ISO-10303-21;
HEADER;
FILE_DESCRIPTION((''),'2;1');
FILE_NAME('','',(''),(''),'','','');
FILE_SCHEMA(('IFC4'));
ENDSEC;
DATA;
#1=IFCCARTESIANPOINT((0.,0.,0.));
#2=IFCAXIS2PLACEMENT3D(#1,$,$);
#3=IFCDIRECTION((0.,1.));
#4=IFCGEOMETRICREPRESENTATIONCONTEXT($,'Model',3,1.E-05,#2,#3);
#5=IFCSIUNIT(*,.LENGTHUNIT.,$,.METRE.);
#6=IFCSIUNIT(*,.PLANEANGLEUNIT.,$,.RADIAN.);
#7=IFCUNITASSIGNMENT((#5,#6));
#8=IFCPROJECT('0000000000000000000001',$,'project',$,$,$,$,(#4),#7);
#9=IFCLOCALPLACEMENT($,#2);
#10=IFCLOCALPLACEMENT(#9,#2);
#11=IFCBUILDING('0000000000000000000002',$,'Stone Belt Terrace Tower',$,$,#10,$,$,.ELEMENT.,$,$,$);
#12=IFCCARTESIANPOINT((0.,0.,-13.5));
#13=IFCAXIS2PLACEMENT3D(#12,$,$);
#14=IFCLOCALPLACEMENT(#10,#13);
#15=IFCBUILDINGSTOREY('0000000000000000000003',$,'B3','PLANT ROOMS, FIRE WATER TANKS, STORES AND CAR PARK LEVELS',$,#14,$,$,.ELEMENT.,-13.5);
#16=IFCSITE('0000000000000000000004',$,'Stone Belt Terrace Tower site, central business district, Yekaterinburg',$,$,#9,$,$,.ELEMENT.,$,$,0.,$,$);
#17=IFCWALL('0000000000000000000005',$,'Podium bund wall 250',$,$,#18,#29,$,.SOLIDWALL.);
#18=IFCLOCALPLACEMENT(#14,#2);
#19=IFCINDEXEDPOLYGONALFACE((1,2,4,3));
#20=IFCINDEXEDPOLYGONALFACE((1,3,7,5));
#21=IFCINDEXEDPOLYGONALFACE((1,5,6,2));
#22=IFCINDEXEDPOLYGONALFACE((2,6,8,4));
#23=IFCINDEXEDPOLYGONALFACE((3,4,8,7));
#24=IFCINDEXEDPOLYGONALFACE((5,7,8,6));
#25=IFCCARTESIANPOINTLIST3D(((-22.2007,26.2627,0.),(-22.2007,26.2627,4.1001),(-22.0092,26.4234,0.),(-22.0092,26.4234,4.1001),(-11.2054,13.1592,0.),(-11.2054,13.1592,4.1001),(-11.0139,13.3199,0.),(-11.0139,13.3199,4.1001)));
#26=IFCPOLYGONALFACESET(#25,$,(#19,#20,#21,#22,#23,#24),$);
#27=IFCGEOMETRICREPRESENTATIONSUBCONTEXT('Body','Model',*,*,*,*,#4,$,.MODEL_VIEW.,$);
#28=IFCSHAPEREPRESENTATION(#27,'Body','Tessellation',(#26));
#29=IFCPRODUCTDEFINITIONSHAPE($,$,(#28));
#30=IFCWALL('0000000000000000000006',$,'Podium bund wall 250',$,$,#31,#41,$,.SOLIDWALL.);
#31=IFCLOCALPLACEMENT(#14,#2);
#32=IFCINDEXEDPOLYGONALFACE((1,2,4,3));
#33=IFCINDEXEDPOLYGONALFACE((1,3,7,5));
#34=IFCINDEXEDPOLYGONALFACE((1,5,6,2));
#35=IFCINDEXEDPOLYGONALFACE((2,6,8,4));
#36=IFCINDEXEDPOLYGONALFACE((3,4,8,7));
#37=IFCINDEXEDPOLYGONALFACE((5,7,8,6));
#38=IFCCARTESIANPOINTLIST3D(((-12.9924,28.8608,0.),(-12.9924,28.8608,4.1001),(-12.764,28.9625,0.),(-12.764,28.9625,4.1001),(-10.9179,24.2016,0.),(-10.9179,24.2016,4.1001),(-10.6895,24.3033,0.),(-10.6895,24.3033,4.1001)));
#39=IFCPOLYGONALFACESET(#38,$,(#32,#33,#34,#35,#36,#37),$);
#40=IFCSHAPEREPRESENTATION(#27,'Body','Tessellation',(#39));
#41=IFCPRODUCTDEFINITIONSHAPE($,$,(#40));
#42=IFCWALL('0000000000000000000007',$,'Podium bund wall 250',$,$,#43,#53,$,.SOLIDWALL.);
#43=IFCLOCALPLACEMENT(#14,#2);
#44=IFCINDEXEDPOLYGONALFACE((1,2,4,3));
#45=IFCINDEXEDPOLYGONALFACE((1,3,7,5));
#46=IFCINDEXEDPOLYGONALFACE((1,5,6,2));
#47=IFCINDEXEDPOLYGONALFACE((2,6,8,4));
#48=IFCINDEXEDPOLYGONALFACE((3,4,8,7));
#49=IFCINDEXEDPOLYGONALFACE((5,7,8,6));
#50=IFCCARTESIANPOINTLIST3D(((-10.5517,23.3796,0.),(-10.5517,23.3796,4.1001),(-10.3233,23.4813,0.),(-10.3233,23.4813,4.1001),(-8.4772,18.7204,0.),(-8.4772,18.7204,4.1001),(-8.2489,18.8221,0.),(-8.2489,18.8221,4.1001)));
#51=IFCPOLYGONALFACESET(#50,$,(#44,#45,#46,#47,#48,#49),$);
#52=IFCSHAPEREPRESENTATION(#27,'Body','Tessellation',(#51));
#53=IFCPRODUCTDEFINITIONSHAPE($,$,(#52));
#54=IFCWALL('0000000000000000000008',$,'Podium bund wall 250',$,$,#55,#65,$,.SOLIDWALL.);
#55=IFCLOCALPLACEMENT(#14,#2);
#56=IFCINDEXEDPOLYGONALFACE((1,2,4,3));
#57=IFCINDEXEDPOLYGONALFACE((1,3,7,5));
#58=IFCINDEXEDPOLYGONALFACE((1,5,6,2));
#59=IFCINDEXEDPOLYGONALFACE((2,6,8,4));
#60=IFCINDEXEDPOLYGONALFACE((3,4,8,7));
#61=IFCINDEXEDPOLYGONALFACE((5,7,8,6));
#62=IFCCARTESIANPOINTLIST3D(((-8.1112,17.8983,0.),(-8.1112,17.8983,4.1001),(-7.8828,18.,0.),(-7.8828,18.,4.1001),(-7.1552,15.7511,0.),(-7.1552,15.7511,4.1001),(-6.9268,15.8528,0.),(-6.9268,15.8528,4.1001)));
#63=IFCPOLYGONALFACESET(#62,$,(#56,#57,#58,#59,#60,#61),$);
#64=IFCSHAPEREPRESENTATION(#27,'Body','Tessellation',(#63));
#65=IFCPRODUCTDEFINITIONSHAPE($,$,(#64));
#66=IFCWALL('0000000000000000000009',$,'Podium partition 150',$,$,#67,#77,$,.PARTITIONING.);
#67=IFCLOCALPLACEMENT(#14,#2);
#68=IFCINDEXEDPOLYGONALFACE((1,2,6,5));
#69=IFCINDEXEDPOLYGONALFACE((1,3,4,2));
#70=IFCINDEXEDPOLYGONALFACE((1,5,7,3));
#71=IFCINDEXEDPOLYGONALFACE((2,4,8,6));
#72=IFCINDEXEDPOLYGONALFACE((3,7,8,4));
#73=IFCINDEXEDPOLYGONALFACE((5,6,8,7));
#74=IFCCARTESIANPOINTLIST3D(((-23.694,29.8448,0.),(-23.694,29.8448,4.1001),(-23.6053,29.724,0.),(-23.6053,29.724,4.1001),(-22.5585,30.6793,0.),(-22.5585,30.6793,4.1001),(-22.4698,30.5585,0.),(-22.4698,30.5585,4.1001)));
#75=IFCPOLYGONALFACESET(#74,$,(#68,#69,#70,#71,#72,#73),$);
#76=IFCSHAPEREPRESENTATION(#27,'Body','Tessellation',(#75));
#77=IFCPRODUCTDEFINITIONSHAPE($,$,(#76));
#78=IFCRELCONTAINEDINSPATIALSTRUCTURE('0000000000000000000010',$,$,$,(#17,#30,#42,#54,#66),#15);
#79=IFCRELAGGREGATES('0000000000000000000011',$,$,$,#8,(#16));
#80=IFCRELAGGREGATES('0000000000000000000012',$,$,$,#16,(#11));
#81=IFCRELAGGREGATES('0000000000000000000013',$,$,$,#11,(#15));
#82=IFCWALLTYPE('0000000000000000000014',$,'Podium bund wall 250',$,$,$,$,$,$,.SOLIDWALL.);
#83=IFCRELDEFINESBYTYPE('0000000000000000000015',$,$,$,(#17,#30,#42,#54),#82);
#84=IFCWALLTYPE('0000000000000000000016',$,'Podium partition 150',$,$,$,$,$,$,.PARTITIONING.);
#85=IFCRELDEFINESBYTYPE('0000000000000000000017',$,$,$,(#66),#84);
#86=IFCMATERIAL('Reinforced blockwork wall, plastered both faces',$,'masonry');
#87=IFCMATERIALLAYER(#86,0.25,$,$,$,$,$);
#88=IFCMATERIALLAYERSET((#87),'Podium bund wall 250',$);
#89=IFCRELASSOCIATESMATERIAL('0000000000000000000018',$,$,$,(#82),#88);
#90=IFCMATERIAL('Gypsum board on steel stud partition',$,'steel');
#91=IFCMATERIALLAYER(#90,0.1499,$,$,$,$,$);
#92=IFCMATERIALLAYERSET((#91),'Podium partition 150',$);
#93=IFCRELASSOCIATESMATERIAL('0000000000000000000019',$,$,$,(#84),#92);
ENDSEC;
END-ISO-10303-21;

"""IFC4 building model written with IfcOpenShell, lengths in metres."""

from ifc_helpers import new_model, si_unit, direction, frame, frame_2d, origin, place, context, subcontext, project, spatial, rectangle, extrude, material, layer, layer_set, type_object, element, save


model = new_model("IFC4")

# Units and contexts
model_context = context("Model", 3, precision=1e-05, world=origin(), true_north=direction((0.0, 1.0)))
body_context = subcontext(model_context, "Body", "Model", "MODEL_VIEW")
ifc_project = project(units=[si_unit("LENGTHUNIT", "METRE"), si_unit("PLANEANGLEUNIT", "RADIAN")], contexts=[model_context])

# Site, building, storey
site_placement = place(None, origin())
site = spatial("IfcSite", under=ifc_project, at=site_placement, Name="Stone Belt Terrace Tower site, central business district, Yekaterinburg", CompositionType="ELEMENT", RefElevation=0.0)
building_placement = place(site_placement, origin())
building = spatial("IfcBuilding", under=site, at=building_placement, Name="Stone Belt Terrace Tower", CompositionType="ELEMENT")
storey_placement = place(building_placement, frame((0.0, 0.0, -13.5)))
storey = spatial("IfcBuildingStorey", under=building, at=storey_placement, Name="B3", Description="PLANT ROOMS, FIRE WATER TANKS, STORES AND CAR PARK LEVELS", CompositionType="ELEMENT", Elevation=-13.5)

# Walls
ifc_material_1 = material(Name="Reinforced blockwork wall, plastered both faces", Category="masonry")
ifc_layer_1 = layer(ifc_material_1, 0.25)
ifc_layer_set_1 = layer_set([ifc_layer_1], Name="Podium bund wall 250")
wall_type_1 = type_object("IfcWallType", Name="Podium bund wall 250", PredefinedType="SOLIDWALL", material=ifc_layer_set_1)
wall_1_placement = place(storey_placement, frame((-22.105, 26.343, 0.0), z_axis=(0.0, 0.0, 1.0), x_axis=(0.642795, -0.766039, 0.0)))
element("IfcWall", 1, at=wall_1_placement, inside=storey, type_object=wall_type_1, Name="Podium bund wall 250", PredefinedType="SOLIDWALL", context=body_context, shape_type="SweptSolid", body=[
    extrude(rectangle(XDim=17.1055, YDim=0.25, at=frame_2d((8.5527, 0.0))), origin(), (0.0, 0.0, 1.0), 4.1001),
])
for number, where, z_axis, x_axis, name in (
    (2, (-12.8782, 28.9116, 0.0), (0.0, 0.0, 1.0), (0.406747, -0.913541, 0.0), "Podium bund wall 250"),
    (3, (-10.4375, 23.4304, 0.0), (0.0, 0.0, 1.0), (0.406747, -0.913541, 0.0), "Podium bund wall 250"),
):
    element("IfcWall", number, at=place(storey_placement, frame(where, z_axis=z_axis, x_axis=x_axis)), inside=storey, type_object=wall_type_1, Name=name, PredefinedType="SOLIDWALL", context=body_context, shape_type="SweptSolid", body=[
        extrude(rectangle(XDim=5.1001, YDim=0.25, at=frame_2d((2.55, 0.0))), origin(), (0.0, 0.0, 1.0), 4.1001),
    ])
wall_2_placement = place(storey_placement, frame((-7.9971, 17.9492, 0.0), z_axis=(0.0, 0.0, 1.0), x_axis=(0.406755, -0.913537, 0.0)))
element("IfcWall", 4, at=wall_2_placement, inside=storey, type_object=wall_type_1, Name="Podium bund wall 250", PredefinedType="SOLIDWALL", context=body_context, shape_type="SweptSolid", body=[
    extrude(rectangle(XDim=2.3503, YDim=0.25, at=frame_2d((1.1753, 0.0))), origin(), (0.0, 0.0, 1.0), 4.1001),
])
ifc_material_2 = material(Name="Gypsum board on steel stud partition", Category="steel")
ifc_layer_2 = layer(ifc_material_2, 0.1499)
ifc_layer_set_2 = layer_set([ifc_layer_2], Name="Podium partition 150")
wall_type_2 = type_object("IfcWallType", Name="Podium partition 150", PredefinedType="PARTITIONING", material=ifc_layer_set_2)
wall_3_placement = place(storey_placement, frame((-23.6497, 29.7844, 0.0), z_axis=(0.0, 0.0, 1.0), x_axis=(0.805804, 0.592182, 0.0)))
element("IfcWall", 5, at=wall_3_placement, inside=storey, type_object=wall_type_2, Name="Podium partition 150", PredefinedType="PARTITIONING", context=body_context, shape_type="SweptSolid", body=[
    extrude(rectangle(XDim=1.4092, YDim=0.1499, at=frame_2d((0.7046, 0.0))), origin(), (0.0, 0.0, 1.0), 4.1001),
])

save(model, "model.ifc")
